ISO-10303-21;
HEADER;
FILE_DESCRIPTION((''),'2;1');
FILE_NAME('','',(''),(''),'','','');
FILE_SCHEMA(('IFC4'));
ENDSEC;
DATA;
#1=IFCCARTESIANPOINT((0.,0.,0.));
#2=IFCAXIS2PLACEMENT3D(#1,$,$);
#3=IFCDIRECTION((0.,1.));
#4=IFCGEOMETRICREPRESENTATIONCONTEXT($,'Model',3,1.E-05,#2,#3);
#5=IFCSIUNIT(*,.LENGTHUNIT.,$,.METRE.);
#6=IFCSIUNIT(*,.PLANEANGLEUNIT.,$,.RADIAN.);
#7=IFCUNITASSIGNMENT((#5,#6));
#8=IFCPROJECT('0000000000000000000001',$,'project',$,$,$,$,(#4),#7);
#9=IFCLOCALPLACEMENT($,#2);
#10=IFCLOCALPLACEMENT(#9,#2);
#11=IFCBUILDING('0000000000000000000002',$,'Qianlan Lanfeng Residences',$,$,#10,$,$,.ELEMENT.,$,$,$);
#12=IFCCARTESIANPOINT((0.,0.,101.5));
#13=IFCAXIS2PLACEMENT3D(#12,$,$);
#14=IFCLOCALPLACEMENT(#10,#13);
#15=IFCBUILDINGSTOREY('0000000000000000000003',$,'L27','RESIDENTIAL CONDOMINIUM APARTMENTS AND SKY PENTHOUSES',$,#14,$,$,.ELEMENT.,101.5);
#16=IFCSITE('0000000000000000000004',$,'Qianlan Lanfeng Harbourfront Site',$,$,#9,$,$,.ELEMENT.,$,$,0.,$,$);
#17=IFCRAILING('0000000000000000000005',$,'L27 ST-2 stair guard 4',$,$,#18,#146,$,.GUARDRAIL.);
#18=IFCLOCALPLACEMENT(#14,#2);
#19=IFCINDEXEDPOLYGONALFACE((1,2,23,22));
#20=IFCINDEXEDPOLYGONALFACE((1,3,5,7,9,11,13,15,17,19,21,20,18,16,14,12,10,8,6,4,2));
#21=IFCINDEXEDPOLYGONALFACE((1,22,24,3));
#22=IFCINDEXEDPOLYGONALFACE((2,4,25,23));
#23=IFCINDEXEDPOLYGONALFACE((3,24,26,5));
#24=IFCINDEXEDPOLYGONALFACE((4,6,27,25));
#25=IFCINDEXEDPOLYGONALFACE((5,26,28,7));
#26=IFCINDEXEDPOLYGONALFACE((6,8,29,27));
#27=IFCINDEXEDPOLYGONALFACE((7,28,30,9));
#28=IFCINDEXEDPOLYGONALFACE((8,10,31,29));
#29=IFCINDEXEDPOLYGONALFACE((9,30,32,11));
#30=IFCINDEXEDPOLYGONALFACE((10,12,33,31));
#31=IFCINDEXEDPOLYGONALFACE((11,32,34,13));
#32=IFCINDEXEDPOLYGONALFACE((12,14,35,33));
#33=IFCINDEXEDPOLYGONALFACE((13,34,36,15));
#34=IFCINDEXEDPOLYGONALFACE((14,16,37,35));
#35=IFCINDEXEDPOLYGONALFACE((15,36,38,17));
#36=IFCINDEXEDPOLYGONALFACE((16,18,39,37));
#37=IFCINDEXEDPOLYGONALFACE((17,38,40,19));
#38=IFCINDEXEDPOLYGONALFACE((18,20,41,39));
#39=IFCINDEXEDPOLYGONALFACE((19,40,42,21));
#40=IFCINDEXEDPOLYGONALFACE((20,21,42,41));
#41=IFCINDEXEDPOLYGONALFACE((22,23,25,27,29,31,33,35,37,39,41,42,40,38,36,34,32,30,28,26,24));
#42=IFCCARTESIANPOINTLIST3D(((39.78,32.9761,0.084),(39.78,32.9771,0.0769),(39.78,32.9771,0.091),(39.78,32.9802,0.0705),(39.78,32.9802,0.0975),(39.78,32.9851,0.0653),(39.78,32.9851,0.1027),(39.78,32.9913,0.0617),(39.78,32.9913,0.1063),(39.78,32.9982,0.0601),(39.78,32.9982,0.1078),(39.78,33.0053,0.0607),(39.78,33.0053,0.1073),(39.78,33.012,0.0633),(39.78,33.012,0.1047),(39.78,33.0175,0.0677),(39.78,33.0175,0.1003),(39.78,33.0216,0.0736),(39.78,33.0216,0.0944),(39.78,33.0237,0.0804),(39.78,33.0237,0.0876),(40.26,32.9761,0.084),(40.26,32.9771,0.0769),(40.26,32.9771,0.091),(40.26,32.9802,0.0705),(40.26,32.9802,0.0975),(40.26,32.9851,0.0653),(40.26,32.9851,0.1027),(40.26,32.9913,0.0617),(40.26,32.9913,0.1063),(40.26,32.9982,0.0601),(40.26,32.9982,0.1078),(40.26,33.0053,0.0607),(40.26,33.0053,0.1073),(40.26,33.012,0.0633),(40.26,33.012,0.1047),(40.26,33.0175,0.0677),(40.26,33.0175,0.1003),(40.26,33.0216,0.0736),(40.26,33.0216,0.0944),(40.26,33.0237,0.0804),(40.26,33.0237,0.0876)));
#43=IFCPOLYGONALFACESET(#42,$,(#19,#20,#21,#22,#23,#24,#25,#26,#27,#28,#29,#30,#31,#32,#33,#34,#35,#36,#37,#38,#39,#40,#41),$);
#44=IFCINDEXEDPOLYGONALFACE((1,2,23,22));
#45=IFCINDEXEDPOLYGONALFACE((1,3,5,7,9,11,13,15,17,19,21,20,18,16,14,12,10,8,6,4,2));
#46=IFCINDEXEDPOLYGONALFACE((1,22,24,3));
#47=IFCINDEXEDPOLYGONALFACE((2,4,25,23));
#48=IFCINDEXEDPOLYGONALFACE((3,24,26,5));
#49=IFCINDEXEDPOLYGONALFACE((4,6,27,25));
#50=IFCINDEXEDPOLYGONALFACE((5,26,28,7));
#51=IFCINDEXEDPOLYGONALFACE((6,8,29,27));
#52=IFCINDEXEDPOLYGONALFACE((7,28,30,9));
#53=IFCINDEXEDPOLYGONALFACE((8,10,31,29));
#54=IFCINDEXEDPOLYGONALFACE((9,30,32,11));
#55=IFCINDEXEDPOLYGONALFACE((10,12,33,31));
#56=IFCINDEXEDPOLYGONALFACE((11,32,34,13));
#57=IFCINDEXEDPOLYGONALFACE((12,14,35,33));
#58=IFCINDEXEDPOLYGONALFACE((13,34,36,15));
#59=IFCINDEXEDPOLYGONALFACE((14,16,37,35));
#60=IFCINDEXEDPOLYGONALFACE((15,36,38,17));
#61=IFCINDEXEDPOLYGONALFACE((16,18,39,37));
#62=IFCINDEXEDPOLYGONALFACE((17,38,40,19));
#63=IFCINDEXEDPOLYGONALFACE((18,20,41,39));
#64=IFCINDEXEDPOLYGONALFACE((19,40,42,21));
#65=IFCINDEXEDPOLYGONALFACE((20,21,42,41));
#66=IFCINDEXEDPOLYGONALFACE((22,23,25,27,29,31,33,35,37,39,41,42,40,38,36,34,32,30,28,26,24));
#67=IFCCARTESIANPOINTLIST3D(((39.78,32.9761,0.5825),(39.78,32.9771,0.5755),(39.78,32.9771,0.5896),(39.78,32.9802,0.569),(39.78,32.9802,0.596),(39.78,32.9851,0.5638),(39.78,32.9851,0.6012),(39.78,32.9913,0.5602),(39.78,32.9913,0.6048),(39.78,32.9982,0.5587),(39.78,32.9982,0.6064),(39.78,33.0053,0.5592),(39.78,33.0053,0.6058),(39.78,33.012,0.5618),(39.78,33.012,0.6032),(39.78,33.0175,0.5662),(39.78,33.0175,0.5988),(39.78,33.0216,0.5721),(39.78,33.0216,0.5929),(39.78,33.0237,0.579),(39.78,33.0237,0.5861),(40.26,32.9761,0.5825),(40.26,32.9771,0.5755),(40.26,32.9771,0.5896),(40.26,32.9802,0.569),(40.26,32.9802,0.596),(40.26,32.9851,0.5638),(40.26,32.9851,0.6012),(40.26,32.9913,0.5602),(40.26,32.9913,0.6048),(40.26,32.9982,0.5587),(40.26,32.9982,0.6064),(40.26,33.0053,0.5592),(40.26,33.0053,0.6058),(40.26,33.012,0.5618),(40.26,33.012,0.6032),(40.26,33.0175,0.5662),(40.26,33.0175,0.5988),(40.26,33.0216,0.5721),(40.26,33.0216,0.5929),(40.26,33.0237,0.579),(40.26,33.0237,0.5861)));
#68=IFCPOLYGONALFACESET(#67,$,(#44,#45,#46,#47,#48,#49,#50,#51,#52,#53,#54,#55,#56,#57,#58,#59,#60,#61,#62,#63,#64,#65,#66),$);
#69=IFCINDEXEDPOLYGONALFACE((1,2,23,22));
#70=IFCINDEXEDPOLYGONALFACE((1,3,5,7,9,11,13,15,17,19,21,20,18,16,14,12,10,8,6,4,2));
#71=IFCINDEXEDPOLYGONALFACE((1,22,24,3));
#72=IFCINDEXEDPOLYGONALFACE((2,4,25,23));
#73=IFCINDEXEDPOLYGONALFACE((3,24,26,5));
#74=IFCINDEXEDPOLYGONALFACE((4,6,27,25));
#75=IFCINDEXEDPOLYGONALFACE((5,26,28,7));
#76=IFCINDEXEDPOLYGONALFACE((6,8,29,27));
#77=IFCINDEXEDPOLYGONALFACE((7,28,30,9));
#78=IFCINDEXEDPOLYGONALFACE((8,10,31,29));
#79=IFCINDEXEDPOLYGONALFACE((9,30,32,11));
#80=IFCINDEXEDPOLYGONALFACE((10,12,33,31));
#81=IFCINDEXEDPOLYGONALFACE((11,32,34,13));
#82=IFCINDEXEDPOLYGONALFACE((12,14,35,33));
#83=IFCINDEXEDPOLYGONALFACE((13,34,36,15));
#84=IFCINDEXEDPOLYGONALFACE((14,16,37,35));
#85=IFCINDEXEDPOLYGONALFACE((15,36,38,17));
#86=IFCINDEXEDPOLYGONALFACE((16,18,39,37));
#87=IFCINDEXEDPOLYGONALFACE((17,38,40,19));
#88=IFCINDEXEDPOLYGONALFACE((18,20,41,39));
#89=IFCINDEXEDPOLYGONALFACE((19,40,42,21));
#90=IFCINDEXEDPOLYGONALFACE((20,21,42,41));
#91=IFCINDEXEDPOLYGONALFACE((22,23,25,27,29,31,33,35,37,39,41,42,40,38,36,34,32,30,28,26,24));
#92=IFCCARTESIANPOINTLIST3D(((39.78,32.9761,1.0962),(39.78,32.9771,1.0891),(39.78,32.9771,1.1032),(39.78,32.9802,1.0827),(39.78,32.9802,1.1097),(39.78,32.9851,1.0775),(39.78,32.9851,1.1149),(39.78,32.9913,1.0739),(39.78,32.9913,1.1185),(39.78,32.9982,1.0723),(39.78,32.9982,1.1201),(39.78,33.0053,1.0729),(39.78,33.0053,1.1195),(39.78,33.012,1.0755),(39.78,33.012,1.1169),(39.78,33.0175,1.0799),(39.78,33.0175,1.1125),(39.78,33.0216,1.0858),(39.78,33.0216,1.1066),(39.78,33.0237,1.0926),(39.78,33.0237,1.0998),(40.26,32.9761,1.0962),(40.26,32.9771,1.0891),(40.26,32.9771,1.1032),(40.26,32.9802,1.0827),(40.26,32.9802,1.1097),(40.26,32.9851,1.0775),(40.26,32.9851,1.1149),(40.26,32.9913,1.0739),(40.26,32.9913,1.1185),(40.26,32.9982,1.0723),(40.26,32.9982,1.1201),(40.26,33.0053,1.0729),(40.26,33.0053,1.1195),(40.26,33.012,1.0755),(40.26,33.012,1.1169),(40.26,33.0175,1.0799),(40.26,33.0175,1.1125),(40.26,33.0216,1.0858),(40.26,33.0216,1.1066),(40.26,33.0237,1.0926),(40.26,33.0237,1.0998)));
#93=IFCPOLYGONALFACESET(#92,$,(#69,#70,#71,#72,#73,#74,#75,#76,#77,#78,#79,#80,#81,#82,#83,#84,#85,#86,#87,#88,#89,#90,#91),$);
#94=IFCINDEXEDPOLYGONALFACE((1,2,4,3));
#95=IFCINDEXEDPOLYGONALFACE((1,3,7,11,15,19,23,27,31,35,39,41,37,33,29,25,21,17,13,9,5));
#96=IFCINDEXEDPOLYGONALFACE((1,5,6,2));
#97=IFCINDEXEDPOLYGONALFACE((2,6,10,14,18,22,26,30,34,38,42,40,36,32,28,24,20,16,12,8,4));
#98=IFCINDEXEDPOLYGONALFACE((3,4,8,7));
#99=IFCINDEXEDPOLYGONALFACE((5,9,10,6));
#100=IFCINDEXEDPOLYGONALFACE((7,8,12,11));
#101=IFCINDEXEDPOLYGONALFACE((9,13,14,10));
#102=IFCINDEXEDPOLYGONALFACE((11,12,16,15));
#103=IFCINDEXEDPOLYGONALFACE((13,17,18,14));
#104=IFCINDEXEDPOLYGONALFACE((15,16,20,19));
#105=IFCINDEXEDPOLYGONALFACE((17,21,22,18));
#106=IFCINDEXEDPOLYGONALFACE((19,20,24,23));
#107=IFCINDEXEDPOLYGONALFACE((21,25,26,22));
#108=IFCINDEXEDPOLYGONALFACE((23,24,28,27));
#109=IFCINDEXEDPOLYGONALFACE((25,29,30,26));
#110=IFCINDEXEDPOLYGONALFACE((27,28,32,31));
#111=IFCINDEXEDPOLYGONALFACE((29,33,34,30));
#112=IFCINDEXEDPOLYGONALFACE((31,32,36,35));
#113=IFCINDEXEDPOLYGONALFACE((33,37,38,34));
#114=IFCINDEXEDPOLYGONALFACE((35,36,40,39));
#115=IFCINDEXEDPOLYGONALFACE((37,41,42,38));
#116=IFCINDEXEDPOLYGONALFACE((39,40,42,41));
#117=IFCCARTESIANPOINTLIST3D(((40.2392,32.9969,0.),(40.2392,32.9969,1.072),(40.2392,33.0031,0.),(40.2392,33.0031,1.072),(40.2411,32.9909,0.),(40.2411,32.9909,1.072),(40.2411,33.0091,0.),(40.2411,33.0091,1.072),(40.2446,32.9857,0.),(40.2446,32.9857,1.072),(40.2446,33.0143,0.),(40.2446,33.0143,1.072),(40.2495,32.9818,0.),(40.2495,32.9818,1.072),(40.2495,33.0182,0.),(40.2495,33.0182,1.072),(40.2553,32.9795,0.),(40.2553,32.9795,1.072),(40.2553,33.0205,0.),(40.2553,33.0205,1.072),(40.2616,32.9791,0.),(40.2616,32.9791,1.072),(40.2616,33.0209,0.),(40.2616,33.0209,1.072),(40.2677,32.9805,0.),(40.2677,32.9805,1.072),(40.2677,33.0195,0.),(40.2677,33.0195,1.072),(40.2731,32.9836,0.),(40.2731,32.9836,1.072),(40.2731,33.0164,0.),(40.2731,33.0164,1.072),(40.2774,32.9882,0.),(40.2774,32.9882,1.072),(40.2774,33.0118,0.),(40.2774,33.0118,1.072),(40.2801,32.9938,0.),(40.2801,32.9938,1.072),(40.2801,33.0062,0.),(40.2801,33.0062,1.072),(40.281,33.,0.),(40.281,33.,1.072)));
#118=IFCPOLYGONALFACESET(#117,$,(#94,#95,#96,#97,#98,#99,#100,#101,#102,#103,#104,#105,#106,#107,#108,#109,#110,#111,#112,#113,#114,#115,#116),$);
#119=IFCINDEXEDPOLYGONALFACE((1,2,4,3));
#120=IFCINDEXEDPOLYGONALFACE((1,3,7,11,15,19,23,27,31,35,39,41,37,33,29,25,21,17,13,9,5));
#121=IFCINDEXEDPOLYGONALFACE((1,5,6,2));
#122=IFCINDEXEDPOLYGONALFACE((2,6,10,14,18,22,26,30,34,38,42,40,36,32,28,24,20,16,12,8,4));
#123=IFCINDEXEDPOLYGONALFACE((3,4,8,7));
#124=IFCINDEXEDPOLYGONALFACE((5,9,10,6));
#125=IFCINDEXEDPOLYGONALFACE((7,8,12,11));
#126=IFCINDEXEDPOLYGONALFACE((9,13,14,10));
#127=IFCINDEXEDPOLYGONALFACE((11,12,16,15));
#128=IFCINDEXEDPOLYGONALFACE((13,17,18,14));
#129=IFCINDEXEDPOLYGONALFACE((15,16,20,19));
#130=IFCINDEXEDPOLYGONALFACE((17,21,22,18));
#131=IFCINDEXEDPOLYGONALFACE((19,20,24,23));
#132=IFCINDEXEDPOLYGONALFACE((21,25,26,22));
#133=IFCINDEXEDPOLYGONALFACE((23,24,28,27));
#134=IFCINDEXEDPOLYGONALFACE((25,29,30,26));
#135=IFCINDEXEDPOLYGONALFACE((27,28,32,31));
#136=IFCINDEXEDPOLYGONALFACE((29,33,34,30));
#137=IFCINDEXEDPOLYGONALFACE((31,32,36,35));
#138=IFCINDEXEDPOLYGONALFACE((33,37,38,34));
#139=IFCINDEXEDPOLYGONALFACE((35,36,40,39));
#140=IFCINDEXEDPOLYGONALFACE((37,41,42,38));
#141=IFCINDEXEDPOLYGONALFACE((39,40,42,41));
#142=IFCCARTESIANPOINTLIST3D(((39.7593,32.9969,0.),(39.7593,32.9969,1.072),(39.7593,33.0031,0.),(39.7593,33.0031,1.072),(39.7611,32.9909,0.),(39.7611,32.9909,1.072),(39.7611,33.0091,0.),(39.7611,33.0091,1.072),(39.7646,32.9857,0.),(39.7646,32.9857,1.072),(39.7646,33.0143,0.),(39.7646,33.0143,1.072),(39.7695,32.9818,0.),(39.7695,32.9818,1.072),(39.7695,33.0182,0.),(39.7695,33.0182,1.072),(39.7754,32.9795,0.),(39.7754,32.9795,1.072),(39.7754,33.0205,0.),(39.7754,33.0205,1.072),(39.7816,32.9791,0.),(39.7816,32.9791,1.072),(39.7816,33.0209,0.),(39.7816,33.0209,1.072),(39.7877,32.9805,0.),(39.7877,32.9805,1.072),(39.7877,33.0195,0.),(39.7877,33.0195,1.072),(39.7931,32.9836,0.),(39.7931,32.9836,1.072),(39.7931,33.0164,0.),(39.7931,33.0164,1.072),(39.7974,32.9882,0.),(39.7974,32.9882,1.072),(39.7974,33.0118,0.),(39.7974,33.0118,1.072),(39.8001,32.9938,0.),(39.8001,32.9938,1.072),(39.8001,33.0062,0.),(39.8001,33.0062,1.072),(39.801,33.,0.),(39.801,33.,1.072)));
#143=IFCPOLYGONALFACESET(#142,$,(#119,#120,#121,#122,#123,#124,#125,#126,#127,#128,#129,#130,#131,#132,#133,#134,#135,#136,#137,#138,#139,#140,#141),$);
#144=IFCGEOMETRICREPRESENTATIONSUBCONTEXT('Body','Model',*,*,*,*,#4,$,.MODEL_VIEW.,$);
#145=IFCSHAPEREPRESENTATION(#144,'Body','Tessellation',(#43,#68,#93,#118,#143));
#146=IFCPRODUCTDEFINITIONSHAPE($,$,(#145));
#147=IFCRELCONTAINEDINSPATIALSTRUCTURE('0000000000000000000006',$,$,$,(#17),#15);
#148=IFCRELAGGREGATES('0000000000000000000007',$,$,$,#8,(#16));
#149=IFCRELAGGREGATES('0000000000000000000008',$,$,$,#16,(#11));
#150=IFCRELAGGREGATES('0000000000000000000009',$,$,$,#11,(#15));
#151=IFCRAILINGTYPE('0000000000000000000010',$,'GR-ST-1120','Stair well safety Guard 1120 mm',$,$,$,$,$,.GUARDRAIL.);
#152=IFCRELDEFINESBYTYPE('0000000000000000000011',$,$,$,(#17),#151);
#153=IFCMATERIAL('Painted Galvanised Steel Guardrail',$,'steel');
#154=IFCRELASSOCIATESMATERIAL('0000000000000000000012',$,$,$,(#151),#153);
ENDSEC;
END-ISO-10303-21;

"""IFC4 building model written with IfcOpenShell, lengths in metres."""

from ifc_helpers import new_model, si_unit, direction, frame, origin, origin_2d, place, context, subcontext, project, spatial, circle, extrude, material, type_object, element, save


model = new_model("IFC4")

# Units and contexts
model_context = context("Model", 3, precision=1e-05, world=origin(), true_north=direction((0.0, 1.0)))
body_context = subcontext(model_context, "Body", "Model", "MODEL_VIEW")
ifc_project = project(units=[si_unit("LENGTHUNIT", "METRE"), si_unit("PLANEANGLEUNIT", "RADIAN")], contexts=[model_context])

# Site, building, storey
site_placement = place(None, origin())
site = spatial("IfcSite", under=ifc_project, at=site_placement, Name="Qianlan Lanfeng Harbourfront Site", CompositionType="ELEMENT", RefElevation=0.0)
building_placement = place(site_placement, origin())
building = spatial("IfcBuilding", under=site, at=building_placement, Name="Qianlan Lanfeng Residences", CompositionType="ELEMENT")
storey_placement = place(building_placement, frame((0.0, 0.0, 101.5)))
storey = spatial("IfcBuildingStorey", under=building, at=storey_placement, Name="L27", Description="RESIDENTIAL CONDOMINIUM APARTMENTS AND SKY PENTHOUSES", CompositionType="ELEMENT", Elevation=101.5)

# Railing
ifc_material_1 = material(Name="Painted Galvanised Steel Guardrail", Category="steel")
railing_type_1 = type_object("IfcRailingType", Name="GR-ST-1120", Description="Stair well safety Guard 1120 mm", PredefinedType="GUARDRAIL", material=ifc_material_1)
railing_1_placement = place(storey_placement, frame((40.26, 33.0, 0.0)))
element("IfcRailing", 1, at=railing_1_placement, inside=storey, type_object=railing_type_1, Name="L27 ST-2 stair guard 4", PredefinedType="GUARDRAIL", context=body_context, shape_type="SweptSolid", body=[
    extrude(circle(Radius=0.0239, at=origin_2d()), frame((0.0, 0.0, 0.084), z_axis=(-1.0, 0.0, 0.0), x_axis=(0.0, -1.0, 0.0)), (0.0, 0.0, 1.0), 0.48),
    extrude(circle(Radius=0.0239, at=origin_2d()), frame((0.0, 0.0, 0.5825), z_axis=(-1.0, 0.0, 0.0), x_axis=(0.0, -1.0, 0.0)), (0.0, 0.0, 1.0), 0.48),
    extrude(circle(Radius=0.0239, at=origin_2d()), frame((0.0, 0.0, 1.0962), z_axis=(-1.0, 0.0, 0.0), x_axis=(0.0, -1.0, 0.0)), (0.0, 0.0, 1.0), 0.48),
    extrude(circle(Radius=0.021, at=origin_2d()), origin(), (0.0, 0.0, 1.0), 1.072),
    extrude(circle(Radius=0.021, at=origin_2d()), frame((-0.48, 0.0, 0.0)), (0.0, 0.0, 1.0), 1.072),
])

save(model, "model.ifc")
